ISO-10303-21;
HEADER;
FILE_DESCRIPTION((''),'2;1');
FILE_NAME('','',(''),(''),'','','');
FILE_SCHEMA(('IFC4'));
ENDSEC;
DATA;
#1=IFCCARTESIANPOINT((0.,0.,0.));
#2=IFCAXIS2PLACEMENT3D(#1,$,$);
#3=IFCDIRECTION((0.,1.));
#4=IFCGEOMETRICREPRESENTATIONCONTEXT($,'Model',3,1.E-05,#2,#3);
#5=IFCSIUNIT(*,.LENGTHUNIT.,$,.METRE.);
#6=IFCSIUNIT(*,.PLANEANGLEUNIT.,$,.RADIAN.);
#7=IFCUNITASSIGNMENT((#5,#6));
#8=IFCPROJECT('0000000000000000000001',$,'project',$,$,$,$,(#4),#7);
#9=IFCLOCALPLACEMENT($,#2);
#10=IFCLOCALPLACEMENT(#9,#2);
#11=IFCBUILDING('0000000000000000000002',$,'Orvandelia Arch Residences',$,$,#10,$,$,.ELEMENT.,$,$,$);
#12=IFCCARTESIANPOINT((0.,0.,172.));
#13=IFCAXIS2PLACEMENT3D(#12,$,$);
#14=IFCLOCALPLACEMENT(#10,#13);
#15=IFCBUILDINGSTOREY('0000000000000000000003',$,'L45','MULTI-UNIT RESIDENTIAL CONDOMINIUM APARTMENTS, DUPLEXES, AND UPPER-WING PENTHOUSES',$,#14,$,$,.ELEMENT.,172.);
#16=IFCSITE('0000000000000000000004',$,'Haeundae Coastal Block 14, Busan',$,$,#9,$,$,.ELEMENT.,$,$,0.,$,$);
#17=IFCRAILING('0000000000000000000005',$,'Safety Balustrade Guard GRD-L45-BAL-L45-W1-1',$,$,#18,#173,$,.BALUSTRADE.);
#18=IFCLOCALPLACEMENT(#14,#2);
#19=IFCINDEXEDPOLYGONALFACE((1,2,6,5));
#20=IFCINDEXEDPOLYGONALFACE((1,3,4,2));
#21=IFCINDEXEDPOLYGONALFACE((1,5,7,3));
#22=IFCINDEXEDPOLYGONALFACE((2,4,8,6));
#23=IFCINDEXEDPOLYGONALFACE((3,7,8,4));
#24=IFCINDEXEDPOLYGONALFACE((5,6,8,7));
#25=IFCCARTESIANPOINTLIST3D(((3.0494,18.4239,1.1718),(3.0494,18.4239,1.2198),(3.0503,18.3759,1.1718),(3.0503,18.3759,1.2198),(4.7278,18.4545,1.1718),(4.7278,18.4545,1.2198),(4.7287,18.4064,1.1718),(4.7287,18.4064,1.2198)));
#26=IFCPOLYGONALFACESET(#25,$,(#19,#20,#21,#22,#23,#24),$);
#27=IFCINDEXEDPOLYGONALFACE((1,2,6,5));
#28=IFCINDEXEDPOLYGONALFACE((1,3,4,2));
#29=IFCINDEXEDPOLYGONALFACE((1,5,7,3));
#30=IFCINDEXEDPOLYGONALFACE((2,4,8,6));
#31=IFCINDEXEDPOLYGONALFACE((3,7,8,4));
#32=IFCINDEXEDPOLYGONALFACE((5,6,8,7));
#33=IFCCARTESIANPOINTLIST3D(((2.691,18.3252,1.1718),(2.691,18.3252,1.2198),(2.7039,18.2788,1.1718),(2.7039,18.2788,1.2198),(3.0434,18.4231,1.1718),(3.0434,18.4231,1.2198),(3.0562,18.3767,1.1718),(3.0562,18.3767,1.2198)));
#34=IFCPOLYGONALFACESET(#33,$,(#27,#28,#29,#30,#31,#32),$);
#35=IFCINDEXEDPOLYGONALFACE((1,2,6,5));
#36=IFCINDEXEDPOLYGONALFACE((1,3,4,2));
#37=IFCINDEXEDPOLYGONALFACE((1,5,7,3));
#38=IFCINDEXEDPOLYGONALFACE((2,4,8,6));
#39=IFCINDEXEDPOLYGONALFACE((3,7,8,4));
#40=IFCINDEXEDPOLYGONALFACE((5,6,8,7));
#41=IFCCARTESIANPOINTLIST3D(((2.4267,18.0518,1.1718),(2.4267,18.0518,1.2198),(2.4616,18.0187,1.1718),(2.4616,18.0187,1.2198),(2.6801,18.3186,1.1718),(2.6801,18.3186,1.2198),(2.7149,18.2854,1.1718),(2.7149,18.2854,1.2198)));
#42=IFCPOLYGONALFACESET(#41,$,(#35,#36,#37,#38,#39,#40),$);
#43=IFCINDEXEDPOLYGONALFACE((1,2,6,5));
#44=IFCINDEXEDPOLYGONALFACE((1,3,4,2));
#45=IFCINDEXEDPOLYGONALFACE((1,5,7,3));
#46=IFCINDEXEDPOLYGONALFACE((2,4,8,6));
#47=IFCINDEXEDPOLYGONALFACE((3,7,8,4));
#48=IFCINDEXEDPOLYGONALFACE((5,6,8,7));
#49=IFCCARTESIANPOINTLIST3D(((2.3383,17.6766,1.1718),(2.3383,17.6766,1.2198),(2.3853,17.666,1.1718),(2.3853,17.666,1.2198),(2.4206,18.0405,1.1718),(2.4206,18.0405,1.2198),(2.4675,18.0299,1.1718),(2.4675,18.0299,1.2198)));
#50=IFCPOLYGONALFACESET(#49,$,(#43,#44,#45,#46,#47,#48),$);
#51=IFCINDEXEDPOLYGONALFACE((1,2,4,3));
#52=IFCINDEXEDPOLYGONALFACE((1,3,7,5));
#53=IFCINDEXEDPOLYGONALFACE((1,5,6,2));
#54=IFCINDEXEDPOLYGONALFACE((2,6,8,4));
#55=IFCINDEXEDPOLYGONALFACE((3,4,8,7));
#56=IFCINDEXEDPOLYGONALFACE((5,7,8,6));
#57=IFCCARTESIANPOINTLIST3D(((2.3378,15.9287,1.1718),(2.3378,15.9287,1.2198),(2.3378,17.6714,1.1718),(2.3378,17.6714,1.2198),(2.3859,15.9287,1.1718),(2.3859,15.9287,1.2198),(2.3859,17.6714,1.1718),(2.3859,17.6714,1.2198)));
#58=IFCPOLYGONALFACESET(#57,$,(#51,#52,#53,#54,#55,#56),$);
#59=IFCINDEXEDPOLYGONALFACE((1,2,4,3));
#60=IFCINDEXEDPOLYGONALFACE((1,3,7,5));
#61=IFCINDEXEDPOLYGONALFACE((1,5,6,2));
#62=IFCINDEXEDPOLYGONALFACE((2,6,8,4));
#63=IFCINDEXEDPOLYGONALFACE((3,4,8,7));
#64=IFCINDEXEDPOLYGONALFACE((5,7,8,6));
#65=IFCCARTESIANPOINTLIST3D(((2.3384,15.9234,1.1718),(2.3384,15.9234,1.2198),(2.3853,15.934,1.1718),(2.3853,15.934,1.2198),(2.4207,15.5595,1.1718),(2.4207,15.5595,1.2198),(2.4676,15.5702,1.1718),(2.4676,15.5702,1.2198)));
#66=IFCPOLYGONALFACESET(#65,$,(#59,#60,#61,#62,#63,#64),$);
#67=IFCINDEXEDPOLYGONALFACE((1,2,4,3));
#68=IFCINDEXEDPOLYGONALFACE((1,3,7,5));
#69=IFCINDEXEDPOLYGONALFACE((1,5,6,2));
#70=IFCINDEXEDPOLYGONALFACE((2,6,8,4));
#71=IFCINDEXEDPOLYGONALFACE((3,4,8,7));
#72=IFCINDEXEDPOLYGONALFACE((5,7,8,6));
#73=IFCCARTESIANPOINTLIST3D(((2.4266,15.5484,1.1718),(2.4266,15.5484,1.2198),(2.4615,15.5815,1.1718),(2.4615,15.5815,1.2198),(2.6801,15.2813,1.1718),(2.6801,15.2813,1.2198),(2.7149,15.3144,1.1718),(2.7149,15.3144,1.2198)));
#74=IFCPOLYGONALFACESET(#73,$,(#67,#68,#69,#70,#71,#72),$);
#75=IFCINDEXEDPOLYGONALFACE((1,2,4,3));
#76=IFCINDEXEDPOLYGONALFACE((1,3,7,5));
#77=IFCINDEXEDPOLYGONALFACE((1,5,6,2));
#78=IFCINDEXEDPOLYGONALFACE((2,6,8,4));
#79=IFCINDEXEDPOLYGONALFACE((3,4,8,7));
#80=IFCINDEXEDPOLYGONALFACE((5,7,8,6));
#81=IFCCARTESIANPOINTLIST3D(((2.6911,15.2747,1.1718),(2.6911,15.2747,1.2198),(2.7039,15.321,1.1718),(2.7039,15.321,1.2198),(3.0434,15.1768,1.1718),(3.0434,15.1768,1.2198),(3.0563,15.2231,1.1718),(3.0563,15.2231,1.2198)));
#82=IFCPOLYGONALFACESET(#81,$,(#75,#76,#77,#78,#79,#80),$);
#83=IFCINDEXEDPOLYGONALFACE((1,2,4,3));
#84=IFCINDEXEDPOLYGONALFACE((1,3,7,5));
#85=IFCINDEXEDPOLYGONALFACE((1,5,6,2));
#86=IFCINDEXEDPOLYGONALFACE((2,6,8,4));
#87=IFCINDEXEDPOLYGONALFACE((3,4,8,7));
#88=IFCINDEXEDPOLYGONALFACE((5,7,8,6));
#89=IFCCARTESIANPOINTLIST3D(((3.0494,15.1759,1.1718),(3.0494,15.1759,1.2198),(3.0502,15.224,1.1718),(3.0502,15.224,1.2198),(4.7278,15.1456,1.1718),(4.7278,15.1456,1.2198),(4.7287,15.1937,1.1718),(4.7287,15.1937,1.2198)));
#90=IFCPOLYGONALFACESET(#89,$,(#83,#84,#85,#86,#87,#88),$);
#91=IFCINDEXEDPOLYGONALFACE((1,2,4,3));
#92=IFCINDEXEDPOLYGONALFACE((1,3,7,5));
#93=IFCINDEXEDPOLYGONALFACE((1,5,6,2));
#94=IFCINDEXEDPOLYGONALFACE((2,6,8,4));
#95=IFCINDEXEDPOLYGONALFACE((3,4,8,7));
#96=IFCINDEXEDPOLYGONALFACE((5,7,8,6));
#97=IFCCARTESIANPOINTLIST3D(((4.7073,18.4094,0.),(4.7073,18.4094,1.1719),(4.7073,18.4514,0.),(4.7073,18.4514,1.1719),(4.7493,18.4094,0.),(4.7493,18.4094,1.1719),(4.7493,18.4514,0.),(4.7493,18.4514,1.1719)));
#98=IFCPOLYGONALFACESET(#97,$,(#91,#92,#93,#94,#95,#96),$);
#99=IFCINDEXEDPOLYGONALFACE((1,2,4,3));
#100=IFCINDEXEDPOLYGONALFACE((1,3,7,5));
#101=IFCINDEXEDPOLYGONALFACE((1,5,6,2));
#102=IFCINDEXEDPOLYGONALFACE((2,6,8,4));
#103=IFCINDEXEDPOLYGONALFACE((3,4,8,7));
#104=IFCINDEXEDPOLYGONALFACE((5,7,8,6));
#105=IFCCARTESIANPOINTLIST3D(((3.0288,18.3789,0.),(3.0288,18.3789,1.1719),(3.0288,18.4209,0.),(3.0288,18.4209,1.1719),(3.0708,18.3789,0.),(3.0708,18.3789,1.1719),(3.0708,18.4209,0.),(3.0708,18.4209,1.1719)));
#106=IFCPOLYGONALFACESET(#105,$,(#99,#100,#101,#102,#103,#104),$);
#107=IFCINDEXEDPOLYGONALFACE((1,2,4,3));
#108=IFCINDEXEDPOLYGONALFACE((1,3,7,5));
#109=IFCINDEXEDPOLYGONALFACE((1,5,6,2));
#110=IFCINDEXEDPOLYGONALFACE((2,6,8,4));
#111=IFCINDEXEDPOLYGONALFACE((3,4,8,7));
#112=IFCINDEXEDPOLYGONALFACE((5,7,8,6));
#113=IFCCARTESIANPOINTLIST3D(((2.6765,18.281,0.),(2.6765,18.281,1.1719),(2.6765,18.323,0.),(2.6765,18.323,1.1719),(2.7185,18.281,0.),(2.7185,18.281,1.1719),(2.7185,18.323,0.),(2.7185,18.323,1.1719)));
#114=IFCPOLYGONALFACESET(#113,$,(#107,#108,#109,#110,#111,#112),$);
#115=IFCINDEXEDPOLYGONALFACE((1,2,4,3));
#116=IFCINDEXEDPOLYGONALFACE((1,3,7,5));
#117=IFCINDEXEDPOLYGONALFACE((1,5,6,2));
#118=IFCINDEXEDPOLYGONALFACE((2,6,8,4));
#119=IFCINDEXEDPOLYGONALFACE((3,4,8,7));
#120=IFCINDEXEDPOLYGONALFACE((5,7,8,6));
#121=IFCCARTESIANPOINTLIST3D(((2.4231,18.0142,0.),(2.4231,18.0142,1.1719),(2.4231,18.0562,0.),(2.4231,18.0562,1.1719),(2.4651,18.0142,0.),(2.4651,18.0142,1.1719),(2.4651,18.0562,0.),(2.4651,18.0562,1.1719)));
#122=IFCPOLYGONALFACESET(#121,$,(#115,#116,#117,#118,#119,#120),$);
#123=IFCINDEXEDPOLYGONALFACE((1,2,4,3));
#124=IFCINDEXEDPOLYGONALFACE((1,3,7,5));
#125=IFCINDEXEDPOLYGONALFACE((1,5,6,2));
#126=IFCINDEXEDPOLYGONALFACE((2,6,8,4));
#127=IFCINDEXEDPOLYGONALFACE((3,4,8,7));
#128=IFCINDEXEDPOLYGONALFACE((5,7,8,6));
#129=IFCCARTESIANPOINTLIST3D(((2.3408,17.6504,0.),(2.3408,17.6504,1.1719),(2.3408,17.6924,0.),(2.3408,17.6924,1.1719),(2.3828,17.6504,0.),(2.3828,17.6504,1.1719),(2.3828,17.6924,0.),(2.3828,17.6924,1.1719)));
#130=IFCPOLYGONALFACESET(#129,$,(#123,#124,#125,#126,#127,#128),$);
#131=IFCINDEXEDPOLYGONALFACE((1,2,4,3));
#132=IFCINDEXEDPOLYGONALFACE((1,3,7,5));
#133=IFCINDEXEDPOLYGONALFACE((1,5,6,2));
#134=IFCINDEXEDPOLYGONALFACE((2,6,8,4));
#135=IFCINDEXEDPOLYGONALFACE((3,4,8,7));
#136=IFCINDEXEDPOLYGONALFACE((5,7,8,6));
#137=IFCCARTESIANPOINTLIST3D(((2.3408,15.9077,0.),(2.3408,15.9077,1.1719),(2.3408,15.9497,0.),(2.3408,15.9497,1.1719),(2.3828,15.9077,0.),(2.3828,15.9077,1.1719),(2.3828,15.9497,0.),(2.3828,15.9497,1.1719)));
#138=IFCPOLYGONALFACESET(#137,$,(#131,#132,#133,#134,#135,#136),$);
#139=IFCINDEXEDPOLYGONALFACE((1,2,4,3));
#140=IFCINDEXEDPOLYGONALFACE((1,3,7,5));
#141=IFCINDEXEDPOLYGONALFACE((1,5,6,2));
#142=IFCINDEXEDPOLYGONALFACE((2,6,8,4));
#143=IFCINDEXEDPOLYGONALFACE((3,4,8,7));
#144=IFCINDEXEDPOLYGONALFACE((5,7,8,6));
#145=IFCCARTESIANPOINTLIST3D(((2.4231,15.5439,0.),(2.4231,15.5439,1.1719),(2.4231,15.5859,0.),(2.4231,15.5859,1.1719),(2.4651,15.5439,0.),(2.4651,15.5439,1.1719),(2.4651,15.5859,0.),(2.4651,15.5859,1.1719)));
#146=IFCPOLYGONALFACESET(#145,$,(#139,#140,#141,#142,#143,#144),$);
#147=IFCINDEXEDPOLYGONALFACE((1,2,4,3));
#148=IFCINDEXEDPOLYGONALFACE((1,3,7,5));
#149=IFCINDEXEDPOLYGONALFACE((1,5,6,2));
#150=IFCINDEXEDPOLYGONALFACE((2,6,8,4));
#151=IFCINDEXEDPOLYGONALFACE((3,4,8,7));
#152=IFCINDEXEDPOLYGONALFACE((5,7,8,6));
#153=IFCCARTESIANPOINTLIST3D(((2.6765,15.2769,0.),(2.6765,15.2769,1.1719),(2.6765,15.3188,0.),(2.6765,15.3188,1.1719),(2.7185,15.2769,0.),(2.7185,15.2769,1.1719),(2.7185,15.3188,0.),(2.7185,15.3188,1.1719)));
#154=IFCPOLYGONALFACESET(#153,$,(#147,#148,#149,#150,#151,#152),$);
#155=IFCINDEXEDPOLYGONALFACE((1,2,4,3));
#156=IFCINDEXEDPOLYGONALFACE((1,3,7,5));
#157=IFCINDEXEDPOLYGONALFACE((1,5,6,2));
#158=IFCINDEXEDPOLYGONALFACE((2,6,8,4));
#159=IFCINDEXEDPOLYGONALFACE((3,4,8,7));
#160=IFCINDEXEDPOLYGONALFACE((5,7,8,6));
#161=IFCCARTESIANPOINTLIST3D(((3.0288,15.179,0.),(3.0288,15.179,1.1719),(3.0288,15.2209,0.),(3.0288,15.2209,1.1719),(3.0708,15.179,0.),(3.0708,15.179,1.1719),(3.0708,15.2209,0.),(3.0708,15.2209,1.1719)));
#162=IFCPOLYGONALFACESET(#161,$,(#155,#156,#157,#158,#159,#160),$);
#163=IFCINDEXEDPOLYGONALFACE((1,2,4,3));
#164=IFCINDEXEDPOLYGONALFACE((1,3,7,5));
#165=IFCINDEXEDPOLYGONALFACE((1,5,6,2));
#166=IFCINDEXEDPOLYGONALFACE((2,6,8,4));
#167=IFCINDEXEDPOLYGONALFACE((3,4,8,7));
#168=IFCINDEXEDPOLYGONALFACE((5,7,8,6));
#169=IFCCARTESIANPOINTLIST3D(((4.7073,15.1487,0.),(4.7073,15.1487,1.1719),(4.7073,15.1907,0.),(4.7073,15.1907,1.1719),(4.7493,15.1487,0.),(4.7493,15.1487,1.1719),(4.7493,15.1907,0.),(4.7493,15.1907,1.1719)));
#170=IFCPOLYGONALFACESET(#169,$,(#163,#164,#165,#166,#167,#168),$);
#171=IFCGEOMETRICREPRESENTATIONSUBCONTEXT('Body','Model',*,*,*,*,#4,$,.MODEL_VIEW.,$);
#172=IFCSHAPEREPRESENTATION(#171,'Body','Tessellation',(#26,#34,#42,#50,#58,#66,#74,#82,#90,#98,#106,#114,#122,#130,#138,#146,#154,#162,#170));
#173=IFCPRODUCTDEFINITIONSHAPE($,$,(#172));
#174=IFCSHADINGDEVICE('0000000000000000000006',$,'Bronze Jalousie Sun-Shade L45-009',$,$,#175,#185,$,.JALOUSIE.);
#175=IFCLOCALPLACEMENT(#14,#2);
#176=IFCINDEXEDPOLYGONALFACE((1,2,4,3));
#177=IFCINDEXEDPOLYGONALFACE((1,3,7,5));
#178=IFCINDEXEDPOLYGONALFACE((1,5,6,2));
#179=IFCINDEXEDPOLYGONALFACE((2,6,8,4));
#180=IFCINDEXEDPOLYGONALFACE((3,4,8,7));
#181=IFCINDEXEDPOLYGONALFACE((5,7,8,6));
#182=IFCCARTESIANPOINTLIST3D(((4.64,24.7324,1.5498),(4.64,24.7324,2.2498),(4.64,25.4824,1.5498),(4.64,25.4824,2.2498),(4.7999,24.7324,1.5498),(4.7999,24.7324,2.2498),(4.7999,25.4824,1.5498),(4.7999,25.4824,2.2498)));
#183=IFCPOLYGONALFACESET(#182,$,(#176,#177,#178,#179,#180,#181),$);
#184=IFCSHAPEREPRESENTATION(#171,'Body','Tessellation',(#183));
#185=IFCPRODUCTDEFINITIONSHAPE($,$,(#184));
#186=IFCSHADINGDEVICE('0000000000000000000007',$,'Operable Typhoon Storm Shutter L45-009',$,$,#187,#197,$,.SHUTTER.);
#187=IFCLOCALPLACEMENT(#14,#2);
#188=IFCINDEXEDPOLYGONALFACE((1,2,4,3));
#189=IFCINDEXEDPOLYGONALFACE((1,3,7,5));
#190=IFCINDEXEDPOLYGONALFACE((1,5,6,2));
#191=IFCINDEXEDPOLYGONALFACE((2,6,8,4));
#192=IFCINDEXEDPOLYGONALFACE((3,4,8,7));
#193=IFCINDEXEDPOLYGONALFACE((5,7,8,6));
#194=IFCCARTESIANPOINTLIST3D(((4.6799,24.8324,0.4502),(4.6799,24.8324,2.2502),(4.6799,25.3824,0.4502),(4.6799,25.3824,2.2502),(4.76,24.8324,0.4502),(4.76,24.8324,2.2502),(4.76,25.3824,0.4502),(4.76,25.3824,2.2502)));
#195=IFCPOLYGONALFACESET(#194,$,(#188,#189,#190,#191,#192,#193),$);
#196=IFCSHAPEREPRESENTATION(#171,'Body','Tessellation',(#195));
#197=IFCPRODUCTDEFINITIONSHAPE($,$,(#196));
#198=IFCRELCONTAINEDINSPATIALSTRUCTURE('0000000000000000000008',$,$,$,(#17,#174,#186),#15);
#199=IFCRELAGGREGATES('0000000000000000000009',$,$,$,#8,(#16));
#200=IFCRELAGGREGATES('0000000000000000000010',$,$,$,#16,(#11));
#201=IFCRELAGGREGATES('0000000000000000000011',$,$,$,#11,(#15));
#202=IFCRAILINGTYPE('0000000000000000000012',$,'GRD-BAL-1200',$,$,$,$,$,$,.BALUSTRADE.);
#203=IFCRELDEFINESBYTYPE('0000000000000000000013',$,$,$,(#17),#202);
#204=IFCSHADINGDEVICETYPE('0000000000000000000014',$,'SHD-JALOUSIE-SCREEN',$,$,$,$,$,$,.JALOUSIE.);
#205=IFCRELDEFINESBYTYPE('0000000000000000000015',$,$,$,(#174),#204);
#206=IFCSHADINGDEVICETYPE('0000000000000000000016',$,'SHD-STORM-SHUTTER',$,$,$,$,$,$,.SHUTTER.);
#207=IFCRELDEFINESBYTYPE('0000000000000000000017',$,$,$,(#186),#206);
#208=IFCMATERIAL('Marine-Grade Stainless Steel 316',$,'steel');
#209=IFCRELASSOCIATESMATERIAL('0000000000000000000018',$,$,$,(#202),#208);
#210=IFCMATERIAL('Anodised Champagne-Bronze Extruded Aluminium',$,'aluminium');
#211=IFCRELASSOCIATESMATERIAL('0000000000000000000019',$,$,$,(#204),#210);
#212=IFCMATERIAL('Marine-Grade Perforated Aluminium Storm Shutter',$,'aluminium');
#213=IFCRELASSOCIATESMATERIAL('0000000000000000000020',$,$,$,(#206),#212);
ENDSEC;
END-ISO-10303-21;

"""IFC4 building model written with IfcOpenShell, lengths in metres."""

from ifc_helpers import new_model, si_unit, direction, frame, origin, origin_2d, place, context, subcontext, project, spatial, rectangle, extrude, material, type_object, element, save


model = new_model("IFC4")

# Units and contexts
model_context = context("Model", 3, precision=1e-05, world=origin(), true_north=direction((0.0, 1.0)))
body_context = subcontext(model_context, "Body", "Model", "MODEL_VIEW")
ifc_project = project(units=[si_unit("LENGTHUNIT", "METRE"), si_unit("PLANEANGLEUNIT", "RADIAN")], contexts=[model_context])

# Site, building, storey
site_placement = place(None, origin())
site = spatial("IfcSite", under=ifc_project, at=site_placement, Name="Haeundae Coastal Block 14, Busan", CompositionType="ELEMENT", RefElevation=0.0)
building_placement = place(site_placement, origin())
building = spatial("IfcBuilding", under=site, at=building_placement, Name="Orvandelia Arch Residences", CompositionType="ELEMENT")
storey_placement = place(building_placement, frame((0.0, 0.0, 172.0)))
storey = spatial("IfcBuildingStorey", under=building, at=storey_placement, Name="L45", Description="MULTI-UNIT RESIDENTIAL CONDOMINIUM APARTMENTS, DUPLEXES, AND UPPER-WING PENTHOUSES", CompositionType="ELEMENT", Elevation=172.0)

# Railing
ifc_material_1 = material(Name="Marine-Grade Stainless Steel 316", Category="steel")
railing_type = type_object("IfcRailingType", Name="GRD-BAL-1200", PredefinedType="BALUSTRADE", material=ifc_material_1)
railing_placement = place(storey_placement, frame((4.7283, 18.4304, 0.0)))
element("IfcRailing", 1, at=railing_placement, inside=storey, type_object=railing_type, Name="Safety Balustrade Guard GRD-L45-BAL-L45-W1-1", PredefinedType="BALUSTRADE", context=body_context, shape_type="SweptSolid", body=[
    extrude(rectangle(XDim=0.0481, YDim=0.0481, at=origin_2d()), frame((0.0, 0.0, 1.1958), z_axis=(-0.999835, -0.018179, 0.0), x_axis=(0.018179, -0.999835, 0.0)), (0.0, 0.0, 1.0), 1.6787),
    extrude(rectangle(XDim=0.0481, YDim=0.0481, at=origin_2d()), frame((-1.6785, -0.0305, 1.1958), z_axis=(-0.963489, -0.267747, 0.0), x_axis=(0.267747, -0.963489, 0.0)), (0.0, 0.0, 1.0), 0.3657),
    extrude(rectangle(XDim=0.0481, YDim=0.0481, at=origin_2d()), frame((-2.0308, -0.1284, 1.1958), z_axis=(-0.688627, -0.725115, 0.0), x_axis=(0.725115, -0.688627, 0.0)), (0.0, 0.0, 1.0), 0.3679),
    extrude(rectangle(XDim=0.0481, YDim=0.0481, at=origin_2d()), frame((-2.2842, -0.3953, 1.1958), z_axis=(-0.220602, -0.975364, 0.0), x_axis=(0.975364, -0.220602, 0.0)), (0.0, 0.0, 1.0), 0.373),
    extrude(rectangle(XDim=0.0481, YDim=0.0481, at=origin_2d()), frame((-2.3665, -0.759, 1.1958), z_axis=(0.0, -1.0, 0.0), x_axis=(1.0, 0.0, 0.0)), (0.0, 0.0, 1.0), 1.7427),
    extrude(rectangle(XDim=0.0481, YDim=0.0481, at=origin_2d()), frame((-2.3665, -2.5017, 1.1958), z_axis=(0.220602, -0.975364, 0.0), x_axis=(0.975364, 0.220602, 0.0)), (0.0, 0.0, 1.0), 0.373),
    extrude(rectangle(XDim=0.0481, YDim=0.0481, at=origin_2d()), frame((-2.2842, -2.8655, 1.1958), z_axis=(0.688296, -0.72543, 0.0), x_axis=(0.72543, 0.688296, 0.0)), (0.0, 0.0, 1.0), 0.3682),
    extrude(rectangle(XDim=0.0481, YDim=0.0481, at=origin_2d()), frame((-2.0308, -3.1326, 1.1958), z_axis=(0.963489, -0.267747, 0.0), x_axis=(0.267747, 0.963489, 0.0)), (0.0, 0.0, 1.0), 0.3657),
    extrude(rectangle(XDim=0.0481, YDim=0.0481, at=origin_2d()), frame((-1.6785, -3.2305, 1.1958), z_axis=(0.999837, -0.018033, 0.0), x_axis=(0.018033, 0.999837, 0.0)), (0.0, 0.0, 1.0), 1.6787),
    extrude(rectangle(XDim=0.042, YDim=0.042, at=origin_2d()), origin(), (0.0, 0.0, 1.0), 1.1719),
    extrude(rectangle(XDim=0.042, YDim=0.042, at=origin_2d()), frame((-1.6785, -0.0305, 0.0)), (0.0, 0.0, 1.0), 1.1719),
    extrude(rectangle(XDim=0.042, YDim=0.042, at=origin_2d()), frame((-2.0308, -0.1284, 0.0)), (0.0, 0.0, 1.0), 1.1719),
    extrude(rectangle(XDim=0.042, YDim=0.042, at=origin_2d()), frame((-2.2842, -0.3953, 0.0)), (0.0, 0.0, 1.0), 1.1719),
    extrude(rectangle(XDim=0.042, YDim=0.042, at=origin_2d()), frame((-2.3665, -0.759, 0.0)), (0.0, 0.0, 1.0), 1.1719),
    extrude(rectangle(XDim=0.042, YDim=0.042, at=origin_2d()), frame((-2.3665, -2.5017, 0.0)), (0.0, 0.0, 1.0), 1.1719),
    extrude(rectangle(XDim=0.042, YDim=0.042, at=origin_2d()), frame((-2.2842, -2.8655, 0.0)), (0.0, 0.0, 1.0), 1.1719),
    extrude(rectangle(XDim=0.042, YDim=0.042, at=origin_2d()), frame((-2.0308, -3.1326, 0.0)), (0.0, 0.0, 1.0), 1.1719),
    extrude(rectangle(XDim=0.042, YDim=0.042, at=origin_2d()), frame((-1.6785, -3.2305, 0.0)), (0.0, 0.0, 1.0), 1.1719),
    extrude(rectangle(XDim=0.042, YDim=0.042, at=origin_2d()), frame((0.0, -3.2607, 0.0)), (0.0, 0.0, 1.0), 1.1719),
])

# Shading devices
ifc_material_2 = material(Name="Anodised Champagne-Bronze Extruded Aluminium", Category="aluminium")
shading_device_type_1 = type_object("IfcShadingDeviceType", Name="SHD-JALOUSIE-SCREEN", PredefinedType="JALOUSIE", material=ifc_material_2)
shading_device_1_placement = place(storey_placement, frame((4.72, 25.1074, 1.5498), z_axis=(0.0, 0.0, 1.0), x_axis=(0.0, 1.0, 0.0)))
element("IfcShadingDevice", 2, at=shading_device_1_placement, inside=storey, type_object=shading_device_type_1, Name="Bronze Jalousie Sun-Shade L45-009", PredefinedType="JALOUSIE", context=body_context, shape_type="SweptSolid", body=[
    extrude(rectangle(XDim=0.75, YDim=0.1599, at=origin_2d()), origin(), (0.0, 0.0, 1.0), 0.7),
])
ifc_material_3 = material(Name="Marine-Grade Perforated Aluminium Storm Shutter", Category="aluminium")
shading_device_type_2 = type_object("IfcShadingDeviceType", Name="SHD-STORM-SHUTTER", PredefinedType="SHUTTER", material=ifc_material_3)
shading_device_2_placement = place(storey_placement, frame((4.72, 25.1074, 0.4502), z_axis=(0.0, 0.0, 1.0), x_axis=(0.0, 1.0, 0.0)))
element("IfcShadingDevice", 3, at=shading_device_2_placement, inside=storey, type_object=shading_device_type_2, Name="Operable Typhoon Storm Shutter L45-009", PredefinedType="SHUTTER", context=body_context, shape_type="SweptSolid", body=[
    extrude(rectangle(XDim=0.55, YDim=0.0801, at=origin_2d()), origin(), (0.0, 0.0, 1.0), 1.8),
])

save(model, "model.ifc")
